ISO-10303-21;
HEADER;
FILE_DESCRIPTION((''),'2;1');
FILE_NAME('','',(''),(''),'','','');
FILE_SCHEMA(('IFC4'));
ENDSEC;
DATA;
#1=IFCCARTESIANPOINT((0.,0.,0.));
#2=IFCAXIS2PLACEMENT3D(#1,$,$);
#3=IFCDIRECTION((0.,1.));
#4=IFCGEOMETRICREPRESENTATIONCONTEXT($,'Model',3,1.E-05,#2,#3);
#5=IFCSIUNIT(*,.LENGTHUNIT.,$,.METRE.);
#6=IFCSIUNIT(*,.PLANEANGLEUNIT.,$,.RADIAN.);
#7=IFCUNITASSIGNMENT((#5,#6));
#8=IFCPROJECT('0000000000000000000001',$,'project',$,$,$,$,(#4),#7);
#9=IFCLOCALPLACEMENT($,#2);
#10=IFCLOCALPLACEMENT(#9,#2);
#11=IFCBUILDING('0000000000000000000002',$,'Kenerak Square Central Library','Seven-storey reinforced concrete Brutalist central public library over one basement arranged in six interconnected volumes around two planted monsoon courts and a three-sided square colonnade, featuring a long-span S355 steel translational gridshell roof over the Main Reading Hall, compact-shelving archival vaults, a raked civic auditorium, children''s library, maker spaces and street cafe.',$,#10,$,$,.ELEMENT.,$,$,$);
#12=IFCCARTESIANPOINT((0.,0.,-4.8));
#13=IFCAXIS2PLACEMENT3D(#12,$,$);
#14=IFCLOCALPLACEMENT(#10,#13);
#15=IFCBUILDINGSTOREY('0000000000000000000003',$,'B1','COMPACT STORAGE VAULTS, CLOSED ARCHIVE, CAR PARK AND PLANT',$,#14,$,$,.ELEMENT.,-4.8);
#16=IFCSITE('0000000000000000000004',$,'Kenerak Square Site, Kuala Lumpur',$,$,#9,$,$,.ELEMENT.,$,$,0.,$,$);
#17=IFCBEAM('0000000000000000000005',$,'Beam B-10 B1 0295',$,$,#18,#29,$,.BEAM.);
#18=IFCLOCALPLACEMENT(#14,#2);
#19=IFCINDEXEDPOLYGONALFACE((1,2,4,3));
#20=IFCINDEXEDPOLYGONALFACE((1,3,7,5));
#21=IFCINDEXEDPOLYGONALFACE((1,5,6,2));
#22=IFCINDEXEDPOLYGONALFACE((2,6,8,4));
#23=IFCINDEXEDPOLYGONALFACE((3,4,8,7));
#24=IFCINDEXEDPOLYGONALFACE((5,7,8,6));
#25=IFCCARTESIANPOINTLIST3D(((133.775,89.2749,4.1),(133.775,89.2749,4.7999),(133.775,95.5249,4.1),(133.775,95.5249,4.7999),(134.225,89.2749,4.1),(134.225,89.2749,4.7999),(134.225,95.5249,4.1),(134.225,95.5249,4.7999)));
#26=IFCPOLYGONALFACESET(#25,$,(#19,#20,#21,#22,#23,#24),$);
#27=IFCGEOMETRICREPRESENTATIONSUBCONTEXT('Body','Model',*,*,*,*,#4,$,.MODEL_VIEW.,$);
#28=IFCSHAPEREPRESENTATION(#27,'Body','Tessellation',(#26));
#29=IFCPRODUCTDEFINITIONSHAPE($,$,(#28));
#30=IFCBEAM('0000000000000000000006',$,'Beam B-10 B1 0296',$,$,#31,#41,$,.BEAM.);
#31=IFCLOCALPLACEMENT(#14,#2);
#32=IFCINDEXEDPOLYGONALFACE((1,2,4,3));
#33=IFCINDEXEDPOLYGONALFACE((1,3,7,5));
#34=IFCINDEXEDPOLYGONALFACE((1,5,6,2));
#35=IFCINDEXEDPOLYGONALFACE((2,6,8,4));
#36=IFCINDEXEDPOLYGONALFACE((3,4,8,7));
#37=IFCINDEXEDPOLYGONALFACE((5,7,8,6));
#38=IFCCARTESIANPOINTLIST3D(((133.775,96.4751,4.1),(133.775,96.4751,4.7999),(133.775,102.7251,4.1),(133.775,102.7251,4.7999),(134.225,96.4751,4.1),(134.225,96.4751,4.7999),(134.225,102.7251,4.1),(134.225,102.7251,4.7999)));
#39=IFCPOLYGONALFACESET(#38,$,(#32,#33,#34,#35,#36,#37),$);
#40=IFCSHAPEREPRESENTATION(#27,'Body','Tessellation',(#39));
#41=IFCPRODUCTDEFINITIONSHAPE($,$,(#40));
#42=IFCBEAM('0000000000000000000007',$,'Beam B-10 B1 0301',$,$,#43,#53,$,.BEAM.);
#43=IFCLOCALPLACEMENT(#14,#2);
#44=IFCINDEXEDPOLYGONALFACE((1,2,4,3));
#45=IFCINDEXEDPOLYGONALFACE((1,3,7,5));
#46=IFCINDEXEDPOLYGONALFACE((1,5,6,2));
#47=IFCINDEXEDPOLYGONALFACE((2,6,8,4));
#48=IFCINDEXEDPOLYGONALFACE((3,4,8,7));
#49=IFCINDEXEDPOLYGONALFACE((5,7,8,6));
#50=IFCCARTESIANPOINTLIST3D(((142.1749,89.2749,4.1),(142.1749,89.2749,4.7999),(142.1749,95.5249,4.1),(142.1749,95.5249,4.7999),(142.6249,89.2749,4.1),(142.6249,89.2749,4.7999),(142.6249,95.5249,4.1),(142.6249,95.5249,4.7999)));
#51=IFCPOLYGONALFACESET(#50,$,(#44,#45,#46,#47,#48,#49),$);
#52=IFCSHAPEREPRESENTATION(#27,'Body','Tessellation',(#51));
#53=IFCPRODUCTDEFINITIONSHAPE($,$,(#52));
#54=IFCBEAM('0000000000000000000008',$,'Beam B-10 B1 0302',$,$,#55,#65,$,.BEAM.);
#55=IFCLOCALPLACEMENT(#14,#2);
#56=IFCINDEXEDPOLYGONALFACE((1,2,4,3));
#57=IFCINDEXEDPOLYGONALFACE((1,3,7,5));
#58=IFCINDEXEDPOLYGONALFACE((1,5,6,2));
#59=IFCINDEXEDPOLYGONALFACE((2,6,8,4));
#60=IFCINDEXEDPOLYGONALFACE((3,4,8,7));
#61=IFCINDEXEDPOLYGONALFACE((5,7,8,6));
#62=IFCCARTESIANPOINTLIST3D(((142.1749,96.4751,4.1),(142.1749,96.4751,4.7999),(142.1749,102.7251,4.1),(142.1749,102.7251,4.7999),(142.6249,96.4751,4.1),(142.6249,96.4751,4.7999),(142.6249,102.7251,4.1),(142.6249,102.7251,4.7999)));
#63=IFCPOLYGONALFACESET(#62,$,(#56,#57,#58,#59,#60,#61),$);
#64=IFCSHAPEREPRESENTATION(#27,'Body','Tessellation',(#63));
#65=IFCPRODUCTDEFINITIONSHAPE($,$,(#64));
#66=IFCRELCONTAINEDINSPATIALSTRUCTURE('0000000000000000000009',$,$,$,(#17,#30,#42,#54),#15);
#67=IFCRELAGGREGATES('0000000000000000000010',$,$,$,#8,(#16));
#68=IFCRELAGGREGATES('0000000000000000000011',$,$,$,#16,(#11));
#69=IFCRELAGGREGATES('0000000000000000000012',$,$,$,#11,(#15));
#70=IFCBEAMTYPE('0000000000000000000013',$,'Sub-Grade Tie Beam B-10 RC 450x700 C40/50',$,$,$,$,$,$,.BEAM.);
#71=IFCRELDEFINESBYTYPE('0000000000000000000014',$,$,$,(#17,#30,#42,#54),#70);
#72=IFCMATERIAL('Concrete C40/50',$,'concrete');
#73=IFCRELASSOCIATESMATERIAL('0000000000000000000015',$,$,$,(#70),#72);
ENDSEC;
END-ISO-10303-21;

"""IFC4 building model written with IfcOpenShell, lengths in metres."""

from ifc_helpers import new_model, si_unit, direction, frame, origin, origin_2d, place, context, subcontext, project, spatial, rectangle, extrude, material, material_profile, profile_set, type_object, element, save


model = new_model("IFC4")

# Units and contexts
model_context = context("Model", 3, precision=1e-05, world=origin(), true_north=direction((0.0, 1.0)))
body_context = subcontext(model_context, "Body", "Model", "MODEL_VIEW")
ifc_project = project(units=[si_unit("LENGTHUNIT", "METRE"), si_unit("PLANEANGLEUNIT", "RADIAN")], contexts=[model_context])

# Site, building, storey
site_placement = place(None, origin())
site = spatial("IfcSite", under=ifc_project, at=site_placement, Name="Kenerak Square Site, Kuala Lumpur", CompositionType="ELEMENT", RefElevation=0.0)
building_placement = place(site_placement, origin())
building = spatial("IfcBuilding", under=site, at=building_placement, Name="Kenerak Square Central Library", Description="Seven-storey reinforced concrete Brutalist central public library over one basement arranged in six interconnected volumes around two planted monsoon courts and a three-sided square colonnade, featuring a long-span S355 steel translational gridshell roof over the Main Reading Hall, compact-shelving archival vaults, a raked civic auditorium, children's library, maker spaces and street cafe.", CompositionType="ELEMENT")
storey_placement = place(building_placement, frame((0.0, 0.0, -4.8)))
storey = spatial("IfcBuildingStorey", under=building, at=storey_placement, Name="B1", Description="COMPACT STORAGE VAULTS, CLOSED ARCHIVE, CAR PARK AND PLANT", CompositionType="ELEMENT", Elevation=-4.8)

# Shared definitions
ifc_material_1 = material(Name="Concrete C40/50", Category="concrete")

# Beams
ifc_material_profile_1 = material_profile(ifc_material_1, rectangle(XDim=0.45, YDim=0.7, at=origin_2d()), Name="RC 450x700")
ifc_profile_set_1 = profile_set([ifc_material_profile_1], Name="Concrete C40/50")
beam_type_1 = type_object("IfcBeamType", Name="Sub-Grade Tie Beam B-10 RC 450x700 C40/50", PredefinedType="BEAM", material=ifc_profile_set_1)
for number, where, z_axis, x_axis, name in (
    (1, (134.0, 89.2749, 4.45), (0.0, 1.0, 0.0), (-1.0, 0.0, 0.0), "Beam B-10 B1 0295"),
    (2, (134.0, 96.4751, 4.45), (0.0, 1.0, 0.0), (-1.0, 0.0, 0.0), "Beam B-10 B1 0296"),
    (3, (142.3999, 89.2749, 4.45), (0.0, 1.0, 0.0), (-1.0, 0.0, 0.0), "Beam B-10 B1 0301"),
    (4, (142.3999, 96.4751, 4.45), (0.0, 1.0, 0.0), (-1.0, 0.0, 0.0), "Beam B-10 B1 0302"),
):
    element("IfcBeam", number, at=place(storey_placement, frame(where, z_axis=z_axis, x_axis=x_axis)), inside=storey, type_object=beam_type_1, Name=name, PredefinedType="BEAM", context=body_context, shape_type="SweptSolid", body=[
        extrude(rectangle(XDim=0.45, YDim=0.7, at=origin_2d()), origin(), (0.0, 0.0, 1.0), 6.25),
    ])

save(model, "model.ifc")
